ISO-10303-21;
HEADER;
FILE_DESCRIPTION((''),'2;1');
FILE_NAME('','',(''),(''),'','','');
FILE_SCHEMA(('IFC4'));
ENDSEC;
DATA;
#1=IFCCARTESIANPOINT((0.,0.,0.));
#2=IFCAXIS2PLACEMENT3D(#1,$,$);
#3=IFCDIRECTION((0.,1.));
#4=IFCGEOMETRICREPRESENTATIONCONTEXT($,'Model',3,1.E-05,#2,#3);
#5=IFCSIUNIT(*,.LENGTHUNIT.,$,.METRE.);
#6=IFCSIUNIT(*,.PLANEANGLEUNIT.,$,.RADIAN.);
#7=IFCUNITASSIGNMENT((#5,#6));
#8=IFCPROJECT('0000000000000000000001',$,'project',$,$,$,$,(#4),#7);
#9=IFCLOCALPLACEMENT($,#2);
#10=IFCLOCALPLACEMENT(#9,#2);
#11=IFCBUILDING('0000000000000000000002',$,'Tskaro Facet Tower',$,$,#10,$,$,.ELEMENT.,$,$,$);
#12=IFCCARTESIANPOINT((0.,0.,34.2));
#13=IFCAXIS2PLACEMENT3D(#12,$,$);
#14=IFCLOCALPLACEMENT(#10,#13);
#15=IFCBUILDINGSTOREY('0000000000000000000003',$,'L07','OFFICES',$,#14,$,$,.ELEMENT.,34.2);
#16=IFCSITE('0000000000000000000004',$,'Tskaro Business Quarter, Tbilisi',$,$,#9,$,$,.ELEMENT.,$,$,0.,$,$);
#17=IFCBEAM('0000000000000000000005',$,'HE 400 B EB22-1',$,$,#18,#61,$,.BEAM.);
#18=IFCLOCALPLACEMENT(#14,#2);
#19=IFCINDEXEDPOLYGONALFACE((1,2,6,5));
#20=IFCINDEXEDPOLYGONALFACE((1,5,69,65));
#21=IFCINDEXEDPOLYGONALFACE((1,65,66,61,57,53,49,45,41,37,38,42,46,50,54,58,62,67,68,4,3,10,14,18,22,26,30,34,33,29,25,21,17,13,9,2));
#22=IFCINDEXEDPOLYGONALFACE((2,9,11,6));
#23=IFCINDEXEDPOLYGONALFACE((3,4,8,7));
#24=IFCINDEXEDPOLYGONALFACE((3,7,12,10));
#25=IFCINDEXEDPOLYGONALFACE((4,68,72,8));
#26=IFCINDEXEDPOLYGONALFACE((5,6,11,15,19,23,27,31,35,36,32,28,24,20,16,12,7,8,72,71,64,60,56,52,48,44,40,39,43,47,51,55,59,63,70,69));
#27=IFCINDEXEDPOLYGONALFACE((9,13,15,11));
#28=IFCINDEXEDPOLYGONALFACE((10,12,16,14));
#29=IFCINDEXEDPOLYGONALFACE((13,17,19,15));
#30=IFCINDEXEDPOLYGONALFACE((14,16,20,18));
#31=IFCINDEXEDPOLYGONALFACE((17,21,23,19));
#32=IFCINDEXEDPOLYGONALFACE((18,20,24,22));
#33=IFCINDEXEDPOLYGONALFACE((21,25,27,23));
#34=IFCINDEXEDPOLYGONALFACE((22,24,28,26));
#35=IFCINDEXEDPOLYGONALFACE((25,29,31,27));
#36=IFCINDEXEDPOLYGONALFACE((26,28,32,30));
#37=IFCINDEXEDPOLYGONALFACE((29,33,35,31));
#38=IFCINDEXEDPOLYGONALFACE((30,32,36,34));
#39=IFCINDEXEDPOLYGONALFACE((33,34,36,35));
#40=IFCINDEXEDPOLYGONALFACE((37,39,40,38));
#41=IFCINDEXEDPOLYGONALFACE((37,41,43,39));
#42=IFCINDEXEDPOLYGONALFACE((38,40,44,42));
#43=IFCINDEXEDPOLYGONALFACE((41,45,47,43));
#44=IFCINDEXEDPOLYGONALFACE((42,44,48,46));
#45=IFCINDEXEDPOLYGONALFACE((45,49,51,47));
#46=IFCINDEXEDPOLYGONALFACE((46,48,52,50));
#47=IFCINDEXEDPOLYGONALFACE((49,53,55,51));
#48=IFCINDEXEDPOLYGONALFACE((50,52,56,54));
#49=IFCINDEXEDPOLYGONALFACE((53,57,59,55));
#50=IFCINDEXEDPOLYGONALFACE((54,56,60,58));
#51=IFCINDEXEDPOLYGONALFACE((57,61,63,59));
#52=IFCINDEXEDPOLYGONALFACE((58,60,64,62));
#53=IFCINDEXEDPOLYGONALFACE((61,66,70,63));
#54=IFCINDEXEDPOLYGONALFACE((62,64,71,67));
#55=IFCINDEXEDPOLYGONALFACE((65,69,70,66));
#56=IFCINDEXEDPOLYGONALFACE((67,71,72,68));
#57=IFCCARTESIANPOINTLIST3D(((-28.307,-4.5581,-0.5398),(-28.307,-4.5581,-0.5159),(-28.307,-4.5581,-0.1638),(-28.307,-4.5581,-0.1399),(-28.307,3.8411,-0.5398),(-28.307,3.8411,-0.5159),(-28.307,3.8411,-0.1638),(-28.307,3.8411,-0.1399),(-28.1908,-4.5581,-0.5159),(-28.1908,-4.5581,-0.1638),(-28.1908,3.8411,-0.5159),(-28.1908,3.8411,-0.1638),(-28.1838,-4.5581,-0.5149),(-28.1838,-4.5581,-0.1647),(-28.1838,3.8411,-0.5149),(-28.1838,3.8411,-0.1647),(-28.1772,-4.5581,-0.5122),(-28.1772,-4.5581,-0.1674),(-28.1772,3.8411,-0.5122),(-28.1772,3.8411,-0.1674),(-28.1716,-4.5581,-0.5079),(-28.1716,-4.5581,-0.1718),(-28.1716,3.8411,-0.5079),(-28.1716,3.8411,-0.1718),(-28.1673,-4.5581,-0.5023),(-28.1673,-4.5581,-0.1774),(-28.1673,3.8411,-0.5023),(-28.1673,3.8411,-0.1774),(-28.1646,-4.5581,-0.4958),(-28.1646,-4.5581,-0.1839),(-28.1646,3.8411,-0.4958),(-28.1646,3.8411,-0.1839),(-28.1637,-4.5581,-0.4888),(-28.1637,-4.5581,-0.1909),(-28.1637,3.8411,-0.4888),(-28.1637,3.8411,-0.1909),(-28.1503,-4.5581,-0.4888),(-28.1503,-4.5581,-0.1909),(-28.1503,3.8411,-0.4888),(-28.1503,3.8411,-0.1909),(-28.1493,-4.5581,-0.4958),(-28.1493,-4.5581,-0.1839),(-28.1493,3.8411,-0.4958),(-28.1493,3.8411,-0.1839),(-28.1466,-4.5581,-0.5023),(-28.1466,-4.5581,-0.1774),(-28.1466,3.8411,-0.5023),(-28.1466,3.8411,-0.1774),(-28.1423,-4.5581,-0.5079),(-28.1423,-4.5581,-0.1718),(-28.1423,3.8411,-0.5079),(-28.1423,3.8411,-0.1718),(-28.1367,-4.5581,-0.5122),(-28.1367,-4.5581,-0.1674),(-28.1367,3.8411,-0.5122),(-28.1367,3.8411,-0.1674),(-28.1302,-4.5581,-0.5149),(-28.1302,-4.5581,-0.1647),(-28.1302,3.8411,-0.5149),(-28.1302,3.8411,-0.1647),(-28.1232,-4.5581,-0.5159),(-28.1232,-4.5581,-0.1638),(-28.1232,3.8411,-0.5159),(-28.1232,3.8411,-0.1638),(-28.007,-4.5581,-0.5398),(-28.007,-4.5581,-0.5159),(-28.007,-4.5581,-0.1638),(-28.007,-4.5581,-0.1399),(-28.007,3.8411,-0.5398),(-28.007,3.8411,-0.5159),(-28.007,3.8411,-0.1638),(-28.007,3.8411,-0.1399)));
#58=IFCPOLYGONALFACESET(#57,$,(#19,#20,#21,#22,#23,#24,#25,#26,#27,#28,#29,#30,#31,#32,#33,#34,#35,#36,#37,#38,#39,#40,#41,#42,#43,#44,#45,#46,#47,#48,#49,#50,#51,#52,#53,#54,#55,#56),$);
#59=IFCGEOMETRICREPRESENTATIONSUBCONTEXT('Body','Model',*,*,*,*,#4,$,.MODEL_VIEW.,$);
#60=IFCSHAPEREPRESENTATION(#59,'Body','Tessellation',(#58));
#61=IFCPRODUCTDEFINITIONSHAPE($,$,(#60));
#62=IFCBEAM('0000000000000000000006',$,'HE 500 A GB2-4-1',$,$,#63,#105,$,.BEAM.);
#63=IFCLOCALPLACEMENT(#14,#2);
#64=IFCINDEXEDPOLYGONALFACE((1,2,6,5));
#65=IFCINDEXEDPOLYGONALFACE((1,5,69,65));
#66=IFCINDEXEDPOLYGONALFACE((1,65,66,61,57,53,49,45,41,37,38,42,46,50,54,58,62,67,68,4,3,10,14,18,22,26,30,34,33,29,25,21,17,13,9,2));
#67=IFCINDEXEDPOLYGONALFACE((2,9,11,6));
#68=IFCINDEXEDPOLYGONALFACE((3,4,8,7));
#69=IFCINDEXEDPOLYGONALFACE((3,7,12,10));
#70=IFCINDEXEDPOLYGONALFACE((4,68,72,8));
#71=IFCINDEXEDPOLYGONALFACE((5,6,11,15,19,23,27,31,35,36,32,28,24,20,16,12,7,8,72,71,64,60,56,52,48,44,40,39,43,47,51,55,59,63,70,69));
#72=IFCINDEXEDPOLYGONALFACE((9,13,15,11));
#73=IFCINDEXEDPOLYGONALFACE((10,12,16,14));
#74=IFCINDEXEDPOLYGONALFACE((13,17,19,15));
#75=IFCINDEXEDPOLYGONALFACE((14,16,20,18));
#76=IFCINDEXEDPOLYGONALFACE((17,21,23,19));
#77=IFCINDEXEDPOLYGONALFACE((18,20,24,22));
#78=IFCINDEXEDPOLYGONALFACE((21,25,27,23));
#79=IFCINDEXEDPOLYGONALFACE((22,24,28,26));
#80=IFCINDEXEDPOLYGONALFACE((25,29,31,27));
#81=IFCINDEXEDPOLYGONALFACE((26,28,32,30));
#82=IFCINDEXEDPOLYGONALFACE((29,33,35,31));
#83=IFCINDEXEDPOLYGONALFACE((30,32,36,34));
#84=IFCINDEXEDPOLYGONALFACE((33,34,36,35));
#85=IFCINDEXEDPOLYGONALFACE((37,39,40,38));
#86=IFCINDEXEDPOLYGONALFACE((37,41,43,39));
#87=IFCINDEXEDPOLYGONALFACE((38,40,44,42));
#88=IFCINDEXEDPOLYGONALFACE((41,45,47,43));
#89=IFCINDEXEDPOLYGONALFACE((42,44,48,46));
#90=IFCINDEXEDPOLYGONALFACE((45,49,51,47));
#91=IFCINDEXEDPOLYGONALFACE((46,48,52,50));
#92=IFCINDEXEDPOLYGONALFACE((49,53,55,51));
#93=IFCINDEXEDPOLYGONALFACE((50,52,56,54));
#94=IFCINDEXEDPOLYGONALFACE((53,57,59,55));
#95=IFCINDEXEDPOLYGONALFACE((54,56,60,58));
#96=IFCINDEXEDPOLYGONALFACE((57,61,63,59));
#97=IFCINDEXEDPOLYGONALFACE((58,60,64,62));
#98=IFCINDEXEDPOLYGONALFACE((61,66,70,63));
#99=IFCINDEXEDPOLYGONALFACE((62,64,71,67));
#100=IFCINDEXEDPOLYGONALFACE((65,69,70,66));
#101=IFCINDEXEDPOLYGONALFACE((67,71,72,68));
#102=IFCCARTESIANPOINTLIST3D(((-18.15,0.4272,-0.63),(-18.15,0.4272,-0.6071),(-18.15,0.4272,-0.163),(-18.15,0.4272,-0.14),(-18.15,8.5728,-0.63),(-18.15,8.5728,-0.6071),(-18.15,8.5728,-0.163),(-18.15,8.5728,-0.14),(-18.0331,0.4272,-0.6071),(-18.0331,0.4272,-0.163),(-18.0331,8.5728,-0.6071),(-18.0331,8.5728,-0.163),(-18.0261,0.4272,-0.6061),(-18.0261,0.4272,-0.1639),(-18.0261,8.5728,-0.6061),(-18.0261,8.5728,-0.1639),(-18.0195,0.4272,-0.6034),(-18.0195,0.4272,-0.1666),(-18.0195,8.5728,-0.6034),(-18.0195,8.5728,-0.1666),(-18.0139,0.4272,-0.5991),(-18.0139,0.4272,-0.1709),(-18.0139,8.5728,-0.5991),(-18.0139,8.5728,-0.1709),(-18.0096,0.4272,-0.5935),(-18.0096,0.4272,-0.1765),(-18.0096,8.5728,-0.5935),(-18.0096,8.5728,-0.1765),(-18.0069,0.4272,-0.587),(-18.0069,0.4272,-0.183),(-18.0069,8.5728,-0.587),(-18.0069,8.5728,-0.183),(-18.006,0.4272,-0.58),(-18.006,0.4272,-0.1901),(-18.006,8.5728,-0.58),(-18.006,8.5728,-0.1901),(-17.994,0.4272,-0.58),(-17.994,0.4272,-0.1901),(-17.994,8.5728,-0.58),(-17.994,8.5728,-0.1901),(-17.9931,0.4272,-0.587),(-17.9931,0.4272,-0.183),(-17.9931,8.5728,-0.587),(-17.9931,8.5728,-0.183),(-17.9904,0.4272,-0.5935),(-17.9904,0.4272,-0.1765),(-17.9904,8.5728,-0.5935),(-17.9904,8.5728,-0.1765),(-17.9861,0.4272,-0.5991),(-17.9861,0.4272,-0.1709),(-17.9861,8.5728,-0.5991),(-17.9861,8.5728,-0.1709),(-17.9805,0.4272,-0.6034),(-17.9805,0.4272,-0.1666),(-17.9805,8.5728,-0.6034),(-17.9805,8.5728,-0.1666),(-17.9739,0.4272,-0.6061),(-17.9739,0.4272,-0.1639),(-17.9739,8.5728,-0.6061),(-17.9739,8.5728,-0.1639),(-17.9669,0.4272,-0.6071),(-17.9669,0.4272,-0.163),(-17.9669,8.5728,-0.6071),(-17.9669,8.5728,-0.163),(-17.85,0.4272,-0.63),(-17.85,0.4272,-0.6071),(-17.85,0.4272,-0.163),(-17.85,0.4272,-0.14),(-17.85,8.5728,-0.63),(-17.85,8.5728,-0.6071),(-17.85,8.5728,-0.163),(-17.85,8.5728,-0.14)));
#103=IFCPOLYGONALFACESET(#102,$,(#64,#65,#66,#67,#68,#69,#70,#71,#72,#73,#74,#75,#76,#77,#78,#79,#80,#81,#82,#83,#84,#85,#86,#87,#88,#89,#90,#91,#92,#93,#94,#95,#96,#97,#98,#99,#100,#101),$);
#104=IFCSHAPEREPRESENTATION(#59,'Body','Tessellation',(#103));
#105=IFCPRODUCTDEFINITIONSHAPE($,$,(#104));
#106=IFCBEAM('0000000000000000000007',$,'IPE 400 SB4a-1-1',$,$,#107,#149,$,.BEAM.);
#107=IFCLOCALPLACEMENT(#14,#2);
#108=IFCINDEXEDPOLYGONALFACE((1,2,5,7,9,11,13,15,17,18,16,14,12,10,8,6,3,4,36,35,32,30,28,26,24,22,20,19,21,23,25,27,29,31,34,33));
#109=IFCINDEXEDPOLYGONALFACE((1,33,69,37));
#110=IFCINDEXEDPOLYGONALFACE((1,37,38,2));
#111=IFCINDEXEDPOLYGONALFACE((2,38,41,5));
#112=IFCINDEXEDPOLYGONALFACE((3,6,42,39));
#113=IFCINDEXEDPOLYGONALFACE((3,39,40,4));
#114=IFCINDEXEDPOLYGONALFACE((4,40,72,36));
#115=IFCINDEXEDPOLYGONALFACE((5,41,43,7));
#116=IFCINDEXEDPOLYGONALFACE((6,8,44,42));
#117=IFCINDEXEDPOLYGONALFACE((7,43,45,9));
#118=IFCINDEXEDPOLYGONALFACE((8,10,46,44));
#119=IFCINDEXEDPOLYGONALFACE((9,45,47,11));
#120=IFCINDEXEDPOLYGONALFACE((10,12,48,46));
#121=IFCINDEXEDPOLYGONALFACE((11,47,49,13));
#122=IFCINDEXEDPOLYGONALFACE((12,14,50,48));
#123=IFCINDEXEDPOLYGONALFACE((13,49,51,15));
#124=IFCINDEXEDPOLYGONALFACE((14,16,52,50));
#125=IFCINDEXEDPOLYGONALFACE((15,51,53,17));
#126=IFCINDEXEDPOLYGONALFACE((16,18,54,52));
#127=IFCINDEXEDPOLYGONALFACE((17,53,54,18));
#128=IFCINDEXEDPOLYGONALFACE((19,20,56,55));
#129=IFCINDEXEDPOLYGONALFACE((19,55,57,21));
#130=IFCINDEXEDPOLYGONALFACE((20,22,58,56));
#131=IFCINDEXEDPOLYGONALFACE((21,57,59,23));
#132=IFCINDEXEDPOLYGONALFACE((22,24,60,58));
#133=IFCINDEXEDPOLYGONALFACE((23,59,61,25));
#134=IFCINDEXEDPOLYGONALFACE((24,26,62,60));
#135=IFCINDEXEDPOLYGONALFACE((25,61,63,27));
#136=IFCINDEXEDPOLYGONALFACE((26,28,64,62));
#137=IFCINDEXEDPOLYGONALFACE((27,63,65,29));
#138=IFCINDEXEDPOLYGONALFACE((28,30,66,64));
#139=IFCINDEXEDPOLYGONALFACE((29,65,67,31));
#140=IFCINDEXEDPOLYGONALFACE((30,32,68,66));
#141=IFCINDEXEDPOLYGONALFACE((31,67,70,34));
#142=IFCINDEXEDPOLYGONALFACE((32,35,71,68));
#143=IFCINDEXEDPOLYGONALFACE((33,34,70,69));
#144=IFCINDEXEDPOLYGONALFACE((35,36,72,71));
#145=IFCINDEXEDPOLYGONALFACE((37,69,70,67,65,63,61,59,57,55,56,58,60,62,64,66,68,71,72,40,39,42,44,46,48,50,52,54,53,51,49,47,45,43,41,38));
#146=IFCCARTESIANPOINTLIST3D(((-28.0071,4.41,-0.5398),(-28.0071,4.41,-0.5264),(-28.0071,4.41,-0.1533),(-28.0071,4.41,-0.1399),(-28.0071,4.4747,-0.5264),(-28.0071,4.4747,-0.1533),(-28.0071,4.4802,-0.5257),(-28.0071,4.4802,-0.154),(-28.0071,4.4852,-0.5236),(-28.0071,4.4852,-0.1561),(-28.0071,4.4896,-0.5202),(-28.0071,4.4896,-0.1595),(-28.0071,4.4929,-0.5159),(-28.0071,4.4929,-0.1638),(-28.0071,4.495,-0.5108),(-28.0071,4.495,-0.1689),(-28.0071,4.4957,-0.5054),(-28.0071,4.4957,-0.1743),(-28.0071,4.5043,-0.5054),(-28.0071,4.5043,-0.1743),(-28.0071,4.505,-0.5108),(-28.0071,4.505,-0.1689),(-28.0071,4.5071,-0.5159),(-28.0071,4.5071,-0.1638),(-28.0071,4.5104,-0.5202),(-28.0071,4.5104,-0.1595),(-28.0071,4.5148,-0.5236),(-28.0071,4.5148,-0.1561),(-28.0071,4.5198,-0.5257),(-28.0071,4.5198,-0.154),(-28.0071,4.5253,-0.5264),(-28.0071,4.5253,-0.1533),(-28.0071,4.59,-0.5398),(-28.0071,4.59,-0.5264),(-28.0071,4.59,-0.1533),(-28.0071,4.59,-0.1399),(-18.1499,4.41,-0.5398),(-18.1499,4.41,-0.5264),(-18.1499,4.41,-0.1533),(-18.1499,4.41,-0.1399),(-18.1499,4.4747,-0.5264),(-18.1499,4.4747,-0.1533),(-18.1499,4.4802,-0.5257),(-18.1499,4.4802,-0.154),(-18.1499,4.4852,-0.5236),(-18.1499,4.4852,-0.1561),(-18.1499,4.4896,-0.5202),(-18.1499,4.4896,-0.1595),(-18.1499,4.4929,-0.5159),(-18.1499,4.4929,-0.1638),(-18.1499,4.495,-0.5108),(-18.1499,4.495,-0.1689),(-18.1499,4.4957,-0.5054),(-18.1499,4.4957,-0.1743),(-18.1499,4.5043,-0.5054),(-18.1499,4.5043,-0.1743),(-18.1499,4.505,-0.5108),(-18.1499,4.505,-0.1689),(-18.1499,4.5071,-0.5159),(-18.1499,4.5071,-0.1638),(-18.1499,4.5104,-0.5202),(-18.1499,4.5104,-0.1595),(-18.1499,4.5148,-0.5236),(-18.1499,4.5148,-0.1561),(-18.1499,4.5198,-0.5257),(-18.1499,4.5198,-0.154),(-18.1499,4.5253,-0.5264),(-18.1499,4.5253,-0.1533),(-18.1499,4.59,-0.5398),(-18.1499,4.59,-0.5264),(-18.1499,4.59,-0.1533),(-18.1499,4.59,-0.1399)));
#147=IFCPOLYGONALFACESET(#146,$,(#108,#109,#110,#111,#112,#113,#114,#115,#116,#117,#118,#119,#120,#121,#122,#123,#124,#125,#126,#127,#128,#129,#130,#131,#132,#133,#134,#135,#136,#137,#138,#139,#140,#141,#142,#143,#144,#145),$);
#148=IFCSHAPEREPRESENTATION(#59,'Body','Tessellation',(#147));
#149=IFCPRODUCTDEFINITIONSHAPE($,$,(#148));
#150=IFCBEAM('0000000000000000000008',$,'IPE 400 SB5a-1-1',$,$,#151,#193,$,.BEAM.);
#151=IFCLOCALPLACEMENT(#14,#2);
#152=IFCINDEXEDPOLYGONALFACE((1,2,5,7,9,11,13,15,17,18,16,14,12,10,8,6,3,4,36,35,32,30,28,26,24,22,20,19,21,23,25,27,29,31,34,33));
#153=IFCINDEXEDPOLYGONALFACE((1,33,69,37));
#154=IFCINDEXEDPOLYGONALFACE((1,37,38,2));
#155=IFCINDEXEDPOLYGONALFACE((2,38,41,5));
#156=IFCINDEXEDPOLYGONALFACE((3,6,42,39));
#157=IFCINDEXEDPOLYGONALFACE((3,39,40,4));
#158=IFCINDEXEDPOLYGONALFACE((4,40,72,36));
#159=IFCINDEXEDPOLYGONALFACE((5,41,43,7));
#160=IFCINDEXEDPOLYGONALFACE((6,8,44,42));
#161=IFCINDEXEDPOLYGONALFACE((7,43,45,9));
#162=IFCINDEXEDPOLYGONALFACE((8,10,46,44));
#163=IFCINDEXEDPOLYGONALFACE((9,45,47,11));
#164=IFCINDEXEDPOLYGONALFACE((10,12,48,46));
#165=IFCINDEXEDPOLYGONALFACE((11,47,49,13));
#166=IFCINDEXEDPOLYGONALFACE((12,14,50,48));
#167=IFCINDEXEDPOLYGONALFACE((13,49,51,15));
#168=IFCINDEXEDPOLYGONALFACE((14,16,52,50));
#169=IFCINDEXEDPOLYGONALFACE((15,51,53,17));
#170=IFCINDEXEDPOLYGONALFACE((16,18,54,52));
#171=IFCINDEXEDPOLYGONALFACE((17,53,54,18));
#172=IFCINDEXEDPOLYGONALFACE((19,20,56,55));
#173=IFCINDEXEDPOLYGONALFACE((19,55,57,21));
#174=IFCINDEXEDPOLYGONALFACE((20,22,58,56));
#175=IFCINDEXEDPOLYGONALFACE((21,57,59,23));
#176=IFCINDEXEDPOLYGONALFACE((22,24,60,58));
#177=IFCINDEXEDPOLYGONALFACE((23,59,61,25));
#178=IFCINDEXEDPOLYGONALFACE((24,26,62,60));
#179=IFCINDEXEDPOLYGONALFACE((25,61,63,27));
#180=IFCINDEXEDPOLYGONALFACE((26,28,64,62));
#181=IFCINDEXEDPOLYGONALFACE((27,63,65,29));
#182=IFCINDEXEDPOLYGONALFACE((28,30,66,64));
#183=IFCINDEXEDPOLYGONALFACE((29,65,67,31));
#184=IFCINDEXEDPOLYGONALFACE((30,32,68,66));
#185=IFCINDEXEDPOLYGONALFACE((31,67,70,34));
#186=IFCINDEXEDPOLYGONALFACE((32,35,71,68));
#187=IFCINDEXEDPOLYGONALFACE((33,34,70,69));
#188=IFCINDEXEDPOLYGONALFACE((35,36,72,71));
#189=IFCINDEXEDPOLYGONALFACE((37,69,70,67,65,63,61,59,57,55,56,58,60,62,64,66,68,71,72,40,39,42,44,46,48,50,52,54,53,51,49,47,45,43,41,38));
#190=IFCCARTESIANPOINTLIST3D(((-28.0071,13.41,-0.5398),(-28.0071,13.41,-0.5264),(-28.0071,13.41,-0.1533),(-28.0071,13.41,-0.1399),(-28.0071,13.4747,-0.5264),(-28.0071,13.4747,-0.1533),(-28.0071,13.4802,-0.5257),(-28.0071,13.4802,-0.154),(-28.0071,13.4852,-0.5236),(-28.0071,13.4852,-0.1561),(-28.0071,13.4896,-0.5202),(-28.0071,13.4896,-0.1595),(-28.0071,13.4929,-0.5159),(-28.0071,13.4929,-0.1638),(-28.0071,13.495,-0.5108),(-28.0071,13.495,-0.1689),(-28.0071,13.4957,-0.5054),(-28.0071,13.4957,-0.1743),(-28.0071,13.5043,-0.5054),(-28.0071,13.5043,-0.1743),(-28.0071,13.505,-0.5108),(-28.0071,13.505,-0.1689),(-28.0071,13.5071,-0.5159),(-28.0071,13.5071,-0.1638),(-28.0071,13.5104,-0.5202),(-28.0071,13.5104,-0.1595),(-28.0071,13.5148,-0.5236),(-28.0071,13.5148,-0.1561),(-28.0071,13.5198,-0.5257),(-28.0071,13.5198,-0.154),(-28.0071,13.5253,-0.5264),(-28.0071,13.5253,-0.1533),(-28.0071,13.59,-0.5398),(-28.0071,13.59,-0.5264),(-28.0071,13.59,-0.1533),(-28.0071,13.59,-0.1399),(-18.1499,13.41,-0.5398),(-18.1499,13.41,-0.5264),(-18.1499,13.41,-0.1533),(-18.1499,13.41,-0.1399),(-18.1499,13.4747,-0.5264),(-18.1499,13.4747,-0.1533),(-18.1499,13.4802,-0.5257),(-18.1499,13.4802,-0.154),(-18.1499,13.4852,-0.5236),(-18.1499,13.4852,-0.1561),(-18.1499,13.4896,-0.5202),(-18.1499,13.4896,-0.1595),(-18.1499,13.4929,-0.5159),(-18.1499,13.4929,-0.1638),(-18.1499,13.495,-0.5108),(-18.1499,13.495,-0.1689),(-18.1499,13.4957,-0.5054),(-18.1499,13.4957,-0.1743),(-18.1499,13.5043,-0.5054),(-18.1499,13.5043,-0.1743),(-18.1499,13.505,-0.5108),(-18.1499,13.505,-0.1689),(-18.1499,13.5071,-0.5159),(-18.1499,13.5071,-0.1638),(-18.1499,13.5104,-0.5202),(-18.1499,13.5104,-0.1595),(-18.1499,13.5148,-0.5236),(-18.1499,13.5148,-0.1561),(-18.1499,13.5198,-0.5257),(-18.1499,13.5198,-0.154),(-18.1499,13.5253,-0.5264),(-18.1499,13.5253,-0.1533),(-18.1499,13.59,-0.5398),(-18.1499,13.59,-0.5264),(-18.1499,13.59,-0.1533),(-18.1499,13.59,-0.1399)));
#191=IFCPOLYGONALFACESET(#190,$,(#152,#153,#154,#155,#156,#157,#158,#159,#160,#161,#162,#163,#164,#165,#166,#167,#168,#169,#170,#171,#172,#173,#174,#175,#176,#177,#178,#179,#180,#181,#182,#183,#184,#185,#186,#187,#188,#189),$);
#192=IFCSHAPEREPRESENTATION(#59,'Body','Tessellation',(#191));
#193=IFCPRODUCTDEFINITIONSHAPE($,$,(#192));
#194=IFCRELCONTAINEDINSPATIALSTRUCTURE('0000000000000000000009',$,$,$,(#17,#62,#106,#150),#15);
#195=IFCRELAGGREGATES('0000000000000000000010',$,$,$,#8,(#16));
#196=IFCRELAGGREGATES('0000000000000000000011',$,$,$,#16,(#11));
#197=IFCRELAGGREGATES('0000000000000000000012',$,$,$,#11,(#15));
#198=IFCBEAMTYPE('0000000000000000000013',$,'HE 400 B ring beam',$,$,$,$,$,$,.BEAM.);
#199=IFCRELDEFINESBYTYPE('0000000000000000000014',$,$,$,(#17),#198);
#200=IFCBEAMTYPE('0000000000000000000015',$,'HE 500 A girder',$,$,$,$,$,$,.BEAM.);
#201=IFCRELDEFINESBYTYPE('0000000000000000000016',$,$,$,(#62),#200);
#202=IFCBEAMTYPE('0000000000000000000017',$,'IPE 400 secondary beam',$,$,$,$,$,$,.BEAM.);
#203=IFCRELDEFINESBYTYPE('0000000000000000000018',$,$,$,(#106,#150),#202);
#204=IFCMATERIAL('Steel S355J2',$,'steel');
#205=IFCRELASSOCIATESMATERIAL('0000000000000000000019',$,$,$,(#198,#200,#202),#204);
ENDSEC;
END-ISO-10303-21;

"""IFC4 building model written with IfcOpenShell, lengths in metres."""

from ifc_helpers import new_model, si_unit, direction, frame, origin, origin_2d, place, context, subcontext, project, spatial, i_section, extrude, material, material_profile, profile_set, type_object, element, save


model = new_model("IFC4")

# Units and contexts
model_context = context("Model", 3, precision=1e-05, world=origin(), true_north=direction((0.0, 1.0)))
body_context = subcontext(model_context, "Body", "Model", "MODEL_VIEW")
ifc_project = project(units=[si_unit("LENGTHUNIT", "METRE"), si_unit("PLANEANGLEUNIT", "RADIAN")], contexts=[model_context])

# Site, building, storey
site_placement = place(None, origin())
site = spatial("IfcSite", under=ifc_project, at=site_placement, Name="Tskaro Business Quarter, Tbilisi", CompositionType="ELEMENT", RefElevation=0.0)
building_placement = place(site_placement, origin())
building = spatial("IfcBuilding", under=site, at=building_placement, Name="Tskaro Facet Tower", CompositionType="ELEMENT")
storey_placement = place(building_placement, frame((0.0, 0.0, 34.2)))
storey = spatial("IfcBuildingStorey", under=building, at=storey_placement, Name="L07", Description="OFFICES", CompositionType="ELEMENT", Elevation=34.2)

# Beams
ifc_material_1 = material(Name="Steel S355J2", Category="steel")
ifc_material_profile_1 = material_profile(ifc_material_1, i_section(OverallWidth=0.3, OverallDepth=0.3999, WebThickness=0.0134, FlangeThickness=0.0239, FilletRadius=0.0271, at=origin_2d()), Name="HE 400 B")
ifc_profile_set_1 = profile_set([ifc_material_profile_1], Name="Steel S355J2")
beam_type_1 = type_object("IfcBeamType", Name="HE 400 B ring beam", PredefinedType="BEAM", material=ifc_profile_set_1)
beam_1_placement = place(storey_placement, frame((-28.157, 3.8411, -0.3398), z_axis=(0.0, -1.0, 0.0), x_axis=(1.0, 0.0, 0.0)))
element("IfcBeam", 1, at=beam_1_placement, inside=storey, type_object=beam_type_1, Name="HE 400 B EB22-1", PredefinedType="BEAM", context=body_context, shape_type="SweptSolid", body=[
    extrude(i_section(OverallWidth=0.3, OverallDepth=0.3999, WebThickness=0.0134, FlangeThickness=0.0239, FilletRadius=0.0271, at=origin_2d()), origin(), (0.0, 0.0, 1.0), 8.3992),
])
ifc_material_profile_2 = material_profile(ifc_material_1, i_section(OverallWidth=0.3, OverallDepth=0.49, WebThickness=0.012, FlangeThickness=0.0229, FilletRadius=0.0271, at=origin_2d()), Name="HE 500 A")
ifc_profile_set_2 = profile_set([ifc_material_profile_2], Name="Steel S355J2")
beam_type_2 = type_object("IfcBeamType", Name="HE 500 A girder", PredefinedType="BEAM", material=ifc_profile_set_2)
beam_2_placement = place(storey_placement, frame((-18.0, 0.4272, -0.385), z_axis=(0.0, 1.0, 0.0), x_axis=(-1.0, 0.0, 0.0)))
element("IfcBeam", 2, at=beam_2_placement, inside=storey, type_object=beam_type_2, Name="HE 500 A GB2-4-1", PredefinedType="BEAM", context=body_context, shape_type="SweptSolid", body=[
    extrude(i_section(OverallWidth=0.3, OverallDepth=0.49, WebThickness=0.012, FlangeThickness=0.0229, FilletRadius=0.0271, at=origin_2d()), origin(), (0.0, 0.0, 1.0), 8.1455),
])
ifc_material_profile_3 = material_profile(ifc_material_1, i_section(OverallWidth=0.1799, OverallDepth=0.3999, WebThickness=0.0085, FlangeThickness=0.0134, FilletRadius=0.021, at=origin_2d()), Name="IPE 400")
ifc_profile_set_3 = profile_set([ifc_material_profile_3], Name="Steel S355J2")
beam_type_3 = type_object("IfcBeamType", Name="IPE 400 secondary beam", PredefinedType="BEAM", material=ifc_profile_set_3)
for number, where, z_axis, x_axis, name in (
    (3, (-28.0071, 4.5, -0.3398), (1.0, 0.0, 0.0), (0.0, 1.0, 0.0), "IPE 400 SB4a-1-1"),
    (4, (-28.0071, 13.5, -0.3398), (1.0, 0.0, 0.0), (0.0, 1.0, 0.0), "IPE 400 SB5a-1-1"),
):
    element("IfcBeam", number, at=place(storey_placement, frame(where, z_axis=z_axis, x_axis=x_axis)), inside=storey, type_object=beam_type_3, Name=name, PredefinedType="BEAM", context=body_context, shape_type="SweptSolid", body=[
        extrude(i_section(OverallWidth=0.1799, OverallDepth=0.3999, WebThickness=0.0085, FlangeThickness=0.0134, FilletRadius=0.021, at=origin_2d()), origin(), (0.0, 0.0, 1.0), 9.8572),
    ])

save(model, "model.ifc")
